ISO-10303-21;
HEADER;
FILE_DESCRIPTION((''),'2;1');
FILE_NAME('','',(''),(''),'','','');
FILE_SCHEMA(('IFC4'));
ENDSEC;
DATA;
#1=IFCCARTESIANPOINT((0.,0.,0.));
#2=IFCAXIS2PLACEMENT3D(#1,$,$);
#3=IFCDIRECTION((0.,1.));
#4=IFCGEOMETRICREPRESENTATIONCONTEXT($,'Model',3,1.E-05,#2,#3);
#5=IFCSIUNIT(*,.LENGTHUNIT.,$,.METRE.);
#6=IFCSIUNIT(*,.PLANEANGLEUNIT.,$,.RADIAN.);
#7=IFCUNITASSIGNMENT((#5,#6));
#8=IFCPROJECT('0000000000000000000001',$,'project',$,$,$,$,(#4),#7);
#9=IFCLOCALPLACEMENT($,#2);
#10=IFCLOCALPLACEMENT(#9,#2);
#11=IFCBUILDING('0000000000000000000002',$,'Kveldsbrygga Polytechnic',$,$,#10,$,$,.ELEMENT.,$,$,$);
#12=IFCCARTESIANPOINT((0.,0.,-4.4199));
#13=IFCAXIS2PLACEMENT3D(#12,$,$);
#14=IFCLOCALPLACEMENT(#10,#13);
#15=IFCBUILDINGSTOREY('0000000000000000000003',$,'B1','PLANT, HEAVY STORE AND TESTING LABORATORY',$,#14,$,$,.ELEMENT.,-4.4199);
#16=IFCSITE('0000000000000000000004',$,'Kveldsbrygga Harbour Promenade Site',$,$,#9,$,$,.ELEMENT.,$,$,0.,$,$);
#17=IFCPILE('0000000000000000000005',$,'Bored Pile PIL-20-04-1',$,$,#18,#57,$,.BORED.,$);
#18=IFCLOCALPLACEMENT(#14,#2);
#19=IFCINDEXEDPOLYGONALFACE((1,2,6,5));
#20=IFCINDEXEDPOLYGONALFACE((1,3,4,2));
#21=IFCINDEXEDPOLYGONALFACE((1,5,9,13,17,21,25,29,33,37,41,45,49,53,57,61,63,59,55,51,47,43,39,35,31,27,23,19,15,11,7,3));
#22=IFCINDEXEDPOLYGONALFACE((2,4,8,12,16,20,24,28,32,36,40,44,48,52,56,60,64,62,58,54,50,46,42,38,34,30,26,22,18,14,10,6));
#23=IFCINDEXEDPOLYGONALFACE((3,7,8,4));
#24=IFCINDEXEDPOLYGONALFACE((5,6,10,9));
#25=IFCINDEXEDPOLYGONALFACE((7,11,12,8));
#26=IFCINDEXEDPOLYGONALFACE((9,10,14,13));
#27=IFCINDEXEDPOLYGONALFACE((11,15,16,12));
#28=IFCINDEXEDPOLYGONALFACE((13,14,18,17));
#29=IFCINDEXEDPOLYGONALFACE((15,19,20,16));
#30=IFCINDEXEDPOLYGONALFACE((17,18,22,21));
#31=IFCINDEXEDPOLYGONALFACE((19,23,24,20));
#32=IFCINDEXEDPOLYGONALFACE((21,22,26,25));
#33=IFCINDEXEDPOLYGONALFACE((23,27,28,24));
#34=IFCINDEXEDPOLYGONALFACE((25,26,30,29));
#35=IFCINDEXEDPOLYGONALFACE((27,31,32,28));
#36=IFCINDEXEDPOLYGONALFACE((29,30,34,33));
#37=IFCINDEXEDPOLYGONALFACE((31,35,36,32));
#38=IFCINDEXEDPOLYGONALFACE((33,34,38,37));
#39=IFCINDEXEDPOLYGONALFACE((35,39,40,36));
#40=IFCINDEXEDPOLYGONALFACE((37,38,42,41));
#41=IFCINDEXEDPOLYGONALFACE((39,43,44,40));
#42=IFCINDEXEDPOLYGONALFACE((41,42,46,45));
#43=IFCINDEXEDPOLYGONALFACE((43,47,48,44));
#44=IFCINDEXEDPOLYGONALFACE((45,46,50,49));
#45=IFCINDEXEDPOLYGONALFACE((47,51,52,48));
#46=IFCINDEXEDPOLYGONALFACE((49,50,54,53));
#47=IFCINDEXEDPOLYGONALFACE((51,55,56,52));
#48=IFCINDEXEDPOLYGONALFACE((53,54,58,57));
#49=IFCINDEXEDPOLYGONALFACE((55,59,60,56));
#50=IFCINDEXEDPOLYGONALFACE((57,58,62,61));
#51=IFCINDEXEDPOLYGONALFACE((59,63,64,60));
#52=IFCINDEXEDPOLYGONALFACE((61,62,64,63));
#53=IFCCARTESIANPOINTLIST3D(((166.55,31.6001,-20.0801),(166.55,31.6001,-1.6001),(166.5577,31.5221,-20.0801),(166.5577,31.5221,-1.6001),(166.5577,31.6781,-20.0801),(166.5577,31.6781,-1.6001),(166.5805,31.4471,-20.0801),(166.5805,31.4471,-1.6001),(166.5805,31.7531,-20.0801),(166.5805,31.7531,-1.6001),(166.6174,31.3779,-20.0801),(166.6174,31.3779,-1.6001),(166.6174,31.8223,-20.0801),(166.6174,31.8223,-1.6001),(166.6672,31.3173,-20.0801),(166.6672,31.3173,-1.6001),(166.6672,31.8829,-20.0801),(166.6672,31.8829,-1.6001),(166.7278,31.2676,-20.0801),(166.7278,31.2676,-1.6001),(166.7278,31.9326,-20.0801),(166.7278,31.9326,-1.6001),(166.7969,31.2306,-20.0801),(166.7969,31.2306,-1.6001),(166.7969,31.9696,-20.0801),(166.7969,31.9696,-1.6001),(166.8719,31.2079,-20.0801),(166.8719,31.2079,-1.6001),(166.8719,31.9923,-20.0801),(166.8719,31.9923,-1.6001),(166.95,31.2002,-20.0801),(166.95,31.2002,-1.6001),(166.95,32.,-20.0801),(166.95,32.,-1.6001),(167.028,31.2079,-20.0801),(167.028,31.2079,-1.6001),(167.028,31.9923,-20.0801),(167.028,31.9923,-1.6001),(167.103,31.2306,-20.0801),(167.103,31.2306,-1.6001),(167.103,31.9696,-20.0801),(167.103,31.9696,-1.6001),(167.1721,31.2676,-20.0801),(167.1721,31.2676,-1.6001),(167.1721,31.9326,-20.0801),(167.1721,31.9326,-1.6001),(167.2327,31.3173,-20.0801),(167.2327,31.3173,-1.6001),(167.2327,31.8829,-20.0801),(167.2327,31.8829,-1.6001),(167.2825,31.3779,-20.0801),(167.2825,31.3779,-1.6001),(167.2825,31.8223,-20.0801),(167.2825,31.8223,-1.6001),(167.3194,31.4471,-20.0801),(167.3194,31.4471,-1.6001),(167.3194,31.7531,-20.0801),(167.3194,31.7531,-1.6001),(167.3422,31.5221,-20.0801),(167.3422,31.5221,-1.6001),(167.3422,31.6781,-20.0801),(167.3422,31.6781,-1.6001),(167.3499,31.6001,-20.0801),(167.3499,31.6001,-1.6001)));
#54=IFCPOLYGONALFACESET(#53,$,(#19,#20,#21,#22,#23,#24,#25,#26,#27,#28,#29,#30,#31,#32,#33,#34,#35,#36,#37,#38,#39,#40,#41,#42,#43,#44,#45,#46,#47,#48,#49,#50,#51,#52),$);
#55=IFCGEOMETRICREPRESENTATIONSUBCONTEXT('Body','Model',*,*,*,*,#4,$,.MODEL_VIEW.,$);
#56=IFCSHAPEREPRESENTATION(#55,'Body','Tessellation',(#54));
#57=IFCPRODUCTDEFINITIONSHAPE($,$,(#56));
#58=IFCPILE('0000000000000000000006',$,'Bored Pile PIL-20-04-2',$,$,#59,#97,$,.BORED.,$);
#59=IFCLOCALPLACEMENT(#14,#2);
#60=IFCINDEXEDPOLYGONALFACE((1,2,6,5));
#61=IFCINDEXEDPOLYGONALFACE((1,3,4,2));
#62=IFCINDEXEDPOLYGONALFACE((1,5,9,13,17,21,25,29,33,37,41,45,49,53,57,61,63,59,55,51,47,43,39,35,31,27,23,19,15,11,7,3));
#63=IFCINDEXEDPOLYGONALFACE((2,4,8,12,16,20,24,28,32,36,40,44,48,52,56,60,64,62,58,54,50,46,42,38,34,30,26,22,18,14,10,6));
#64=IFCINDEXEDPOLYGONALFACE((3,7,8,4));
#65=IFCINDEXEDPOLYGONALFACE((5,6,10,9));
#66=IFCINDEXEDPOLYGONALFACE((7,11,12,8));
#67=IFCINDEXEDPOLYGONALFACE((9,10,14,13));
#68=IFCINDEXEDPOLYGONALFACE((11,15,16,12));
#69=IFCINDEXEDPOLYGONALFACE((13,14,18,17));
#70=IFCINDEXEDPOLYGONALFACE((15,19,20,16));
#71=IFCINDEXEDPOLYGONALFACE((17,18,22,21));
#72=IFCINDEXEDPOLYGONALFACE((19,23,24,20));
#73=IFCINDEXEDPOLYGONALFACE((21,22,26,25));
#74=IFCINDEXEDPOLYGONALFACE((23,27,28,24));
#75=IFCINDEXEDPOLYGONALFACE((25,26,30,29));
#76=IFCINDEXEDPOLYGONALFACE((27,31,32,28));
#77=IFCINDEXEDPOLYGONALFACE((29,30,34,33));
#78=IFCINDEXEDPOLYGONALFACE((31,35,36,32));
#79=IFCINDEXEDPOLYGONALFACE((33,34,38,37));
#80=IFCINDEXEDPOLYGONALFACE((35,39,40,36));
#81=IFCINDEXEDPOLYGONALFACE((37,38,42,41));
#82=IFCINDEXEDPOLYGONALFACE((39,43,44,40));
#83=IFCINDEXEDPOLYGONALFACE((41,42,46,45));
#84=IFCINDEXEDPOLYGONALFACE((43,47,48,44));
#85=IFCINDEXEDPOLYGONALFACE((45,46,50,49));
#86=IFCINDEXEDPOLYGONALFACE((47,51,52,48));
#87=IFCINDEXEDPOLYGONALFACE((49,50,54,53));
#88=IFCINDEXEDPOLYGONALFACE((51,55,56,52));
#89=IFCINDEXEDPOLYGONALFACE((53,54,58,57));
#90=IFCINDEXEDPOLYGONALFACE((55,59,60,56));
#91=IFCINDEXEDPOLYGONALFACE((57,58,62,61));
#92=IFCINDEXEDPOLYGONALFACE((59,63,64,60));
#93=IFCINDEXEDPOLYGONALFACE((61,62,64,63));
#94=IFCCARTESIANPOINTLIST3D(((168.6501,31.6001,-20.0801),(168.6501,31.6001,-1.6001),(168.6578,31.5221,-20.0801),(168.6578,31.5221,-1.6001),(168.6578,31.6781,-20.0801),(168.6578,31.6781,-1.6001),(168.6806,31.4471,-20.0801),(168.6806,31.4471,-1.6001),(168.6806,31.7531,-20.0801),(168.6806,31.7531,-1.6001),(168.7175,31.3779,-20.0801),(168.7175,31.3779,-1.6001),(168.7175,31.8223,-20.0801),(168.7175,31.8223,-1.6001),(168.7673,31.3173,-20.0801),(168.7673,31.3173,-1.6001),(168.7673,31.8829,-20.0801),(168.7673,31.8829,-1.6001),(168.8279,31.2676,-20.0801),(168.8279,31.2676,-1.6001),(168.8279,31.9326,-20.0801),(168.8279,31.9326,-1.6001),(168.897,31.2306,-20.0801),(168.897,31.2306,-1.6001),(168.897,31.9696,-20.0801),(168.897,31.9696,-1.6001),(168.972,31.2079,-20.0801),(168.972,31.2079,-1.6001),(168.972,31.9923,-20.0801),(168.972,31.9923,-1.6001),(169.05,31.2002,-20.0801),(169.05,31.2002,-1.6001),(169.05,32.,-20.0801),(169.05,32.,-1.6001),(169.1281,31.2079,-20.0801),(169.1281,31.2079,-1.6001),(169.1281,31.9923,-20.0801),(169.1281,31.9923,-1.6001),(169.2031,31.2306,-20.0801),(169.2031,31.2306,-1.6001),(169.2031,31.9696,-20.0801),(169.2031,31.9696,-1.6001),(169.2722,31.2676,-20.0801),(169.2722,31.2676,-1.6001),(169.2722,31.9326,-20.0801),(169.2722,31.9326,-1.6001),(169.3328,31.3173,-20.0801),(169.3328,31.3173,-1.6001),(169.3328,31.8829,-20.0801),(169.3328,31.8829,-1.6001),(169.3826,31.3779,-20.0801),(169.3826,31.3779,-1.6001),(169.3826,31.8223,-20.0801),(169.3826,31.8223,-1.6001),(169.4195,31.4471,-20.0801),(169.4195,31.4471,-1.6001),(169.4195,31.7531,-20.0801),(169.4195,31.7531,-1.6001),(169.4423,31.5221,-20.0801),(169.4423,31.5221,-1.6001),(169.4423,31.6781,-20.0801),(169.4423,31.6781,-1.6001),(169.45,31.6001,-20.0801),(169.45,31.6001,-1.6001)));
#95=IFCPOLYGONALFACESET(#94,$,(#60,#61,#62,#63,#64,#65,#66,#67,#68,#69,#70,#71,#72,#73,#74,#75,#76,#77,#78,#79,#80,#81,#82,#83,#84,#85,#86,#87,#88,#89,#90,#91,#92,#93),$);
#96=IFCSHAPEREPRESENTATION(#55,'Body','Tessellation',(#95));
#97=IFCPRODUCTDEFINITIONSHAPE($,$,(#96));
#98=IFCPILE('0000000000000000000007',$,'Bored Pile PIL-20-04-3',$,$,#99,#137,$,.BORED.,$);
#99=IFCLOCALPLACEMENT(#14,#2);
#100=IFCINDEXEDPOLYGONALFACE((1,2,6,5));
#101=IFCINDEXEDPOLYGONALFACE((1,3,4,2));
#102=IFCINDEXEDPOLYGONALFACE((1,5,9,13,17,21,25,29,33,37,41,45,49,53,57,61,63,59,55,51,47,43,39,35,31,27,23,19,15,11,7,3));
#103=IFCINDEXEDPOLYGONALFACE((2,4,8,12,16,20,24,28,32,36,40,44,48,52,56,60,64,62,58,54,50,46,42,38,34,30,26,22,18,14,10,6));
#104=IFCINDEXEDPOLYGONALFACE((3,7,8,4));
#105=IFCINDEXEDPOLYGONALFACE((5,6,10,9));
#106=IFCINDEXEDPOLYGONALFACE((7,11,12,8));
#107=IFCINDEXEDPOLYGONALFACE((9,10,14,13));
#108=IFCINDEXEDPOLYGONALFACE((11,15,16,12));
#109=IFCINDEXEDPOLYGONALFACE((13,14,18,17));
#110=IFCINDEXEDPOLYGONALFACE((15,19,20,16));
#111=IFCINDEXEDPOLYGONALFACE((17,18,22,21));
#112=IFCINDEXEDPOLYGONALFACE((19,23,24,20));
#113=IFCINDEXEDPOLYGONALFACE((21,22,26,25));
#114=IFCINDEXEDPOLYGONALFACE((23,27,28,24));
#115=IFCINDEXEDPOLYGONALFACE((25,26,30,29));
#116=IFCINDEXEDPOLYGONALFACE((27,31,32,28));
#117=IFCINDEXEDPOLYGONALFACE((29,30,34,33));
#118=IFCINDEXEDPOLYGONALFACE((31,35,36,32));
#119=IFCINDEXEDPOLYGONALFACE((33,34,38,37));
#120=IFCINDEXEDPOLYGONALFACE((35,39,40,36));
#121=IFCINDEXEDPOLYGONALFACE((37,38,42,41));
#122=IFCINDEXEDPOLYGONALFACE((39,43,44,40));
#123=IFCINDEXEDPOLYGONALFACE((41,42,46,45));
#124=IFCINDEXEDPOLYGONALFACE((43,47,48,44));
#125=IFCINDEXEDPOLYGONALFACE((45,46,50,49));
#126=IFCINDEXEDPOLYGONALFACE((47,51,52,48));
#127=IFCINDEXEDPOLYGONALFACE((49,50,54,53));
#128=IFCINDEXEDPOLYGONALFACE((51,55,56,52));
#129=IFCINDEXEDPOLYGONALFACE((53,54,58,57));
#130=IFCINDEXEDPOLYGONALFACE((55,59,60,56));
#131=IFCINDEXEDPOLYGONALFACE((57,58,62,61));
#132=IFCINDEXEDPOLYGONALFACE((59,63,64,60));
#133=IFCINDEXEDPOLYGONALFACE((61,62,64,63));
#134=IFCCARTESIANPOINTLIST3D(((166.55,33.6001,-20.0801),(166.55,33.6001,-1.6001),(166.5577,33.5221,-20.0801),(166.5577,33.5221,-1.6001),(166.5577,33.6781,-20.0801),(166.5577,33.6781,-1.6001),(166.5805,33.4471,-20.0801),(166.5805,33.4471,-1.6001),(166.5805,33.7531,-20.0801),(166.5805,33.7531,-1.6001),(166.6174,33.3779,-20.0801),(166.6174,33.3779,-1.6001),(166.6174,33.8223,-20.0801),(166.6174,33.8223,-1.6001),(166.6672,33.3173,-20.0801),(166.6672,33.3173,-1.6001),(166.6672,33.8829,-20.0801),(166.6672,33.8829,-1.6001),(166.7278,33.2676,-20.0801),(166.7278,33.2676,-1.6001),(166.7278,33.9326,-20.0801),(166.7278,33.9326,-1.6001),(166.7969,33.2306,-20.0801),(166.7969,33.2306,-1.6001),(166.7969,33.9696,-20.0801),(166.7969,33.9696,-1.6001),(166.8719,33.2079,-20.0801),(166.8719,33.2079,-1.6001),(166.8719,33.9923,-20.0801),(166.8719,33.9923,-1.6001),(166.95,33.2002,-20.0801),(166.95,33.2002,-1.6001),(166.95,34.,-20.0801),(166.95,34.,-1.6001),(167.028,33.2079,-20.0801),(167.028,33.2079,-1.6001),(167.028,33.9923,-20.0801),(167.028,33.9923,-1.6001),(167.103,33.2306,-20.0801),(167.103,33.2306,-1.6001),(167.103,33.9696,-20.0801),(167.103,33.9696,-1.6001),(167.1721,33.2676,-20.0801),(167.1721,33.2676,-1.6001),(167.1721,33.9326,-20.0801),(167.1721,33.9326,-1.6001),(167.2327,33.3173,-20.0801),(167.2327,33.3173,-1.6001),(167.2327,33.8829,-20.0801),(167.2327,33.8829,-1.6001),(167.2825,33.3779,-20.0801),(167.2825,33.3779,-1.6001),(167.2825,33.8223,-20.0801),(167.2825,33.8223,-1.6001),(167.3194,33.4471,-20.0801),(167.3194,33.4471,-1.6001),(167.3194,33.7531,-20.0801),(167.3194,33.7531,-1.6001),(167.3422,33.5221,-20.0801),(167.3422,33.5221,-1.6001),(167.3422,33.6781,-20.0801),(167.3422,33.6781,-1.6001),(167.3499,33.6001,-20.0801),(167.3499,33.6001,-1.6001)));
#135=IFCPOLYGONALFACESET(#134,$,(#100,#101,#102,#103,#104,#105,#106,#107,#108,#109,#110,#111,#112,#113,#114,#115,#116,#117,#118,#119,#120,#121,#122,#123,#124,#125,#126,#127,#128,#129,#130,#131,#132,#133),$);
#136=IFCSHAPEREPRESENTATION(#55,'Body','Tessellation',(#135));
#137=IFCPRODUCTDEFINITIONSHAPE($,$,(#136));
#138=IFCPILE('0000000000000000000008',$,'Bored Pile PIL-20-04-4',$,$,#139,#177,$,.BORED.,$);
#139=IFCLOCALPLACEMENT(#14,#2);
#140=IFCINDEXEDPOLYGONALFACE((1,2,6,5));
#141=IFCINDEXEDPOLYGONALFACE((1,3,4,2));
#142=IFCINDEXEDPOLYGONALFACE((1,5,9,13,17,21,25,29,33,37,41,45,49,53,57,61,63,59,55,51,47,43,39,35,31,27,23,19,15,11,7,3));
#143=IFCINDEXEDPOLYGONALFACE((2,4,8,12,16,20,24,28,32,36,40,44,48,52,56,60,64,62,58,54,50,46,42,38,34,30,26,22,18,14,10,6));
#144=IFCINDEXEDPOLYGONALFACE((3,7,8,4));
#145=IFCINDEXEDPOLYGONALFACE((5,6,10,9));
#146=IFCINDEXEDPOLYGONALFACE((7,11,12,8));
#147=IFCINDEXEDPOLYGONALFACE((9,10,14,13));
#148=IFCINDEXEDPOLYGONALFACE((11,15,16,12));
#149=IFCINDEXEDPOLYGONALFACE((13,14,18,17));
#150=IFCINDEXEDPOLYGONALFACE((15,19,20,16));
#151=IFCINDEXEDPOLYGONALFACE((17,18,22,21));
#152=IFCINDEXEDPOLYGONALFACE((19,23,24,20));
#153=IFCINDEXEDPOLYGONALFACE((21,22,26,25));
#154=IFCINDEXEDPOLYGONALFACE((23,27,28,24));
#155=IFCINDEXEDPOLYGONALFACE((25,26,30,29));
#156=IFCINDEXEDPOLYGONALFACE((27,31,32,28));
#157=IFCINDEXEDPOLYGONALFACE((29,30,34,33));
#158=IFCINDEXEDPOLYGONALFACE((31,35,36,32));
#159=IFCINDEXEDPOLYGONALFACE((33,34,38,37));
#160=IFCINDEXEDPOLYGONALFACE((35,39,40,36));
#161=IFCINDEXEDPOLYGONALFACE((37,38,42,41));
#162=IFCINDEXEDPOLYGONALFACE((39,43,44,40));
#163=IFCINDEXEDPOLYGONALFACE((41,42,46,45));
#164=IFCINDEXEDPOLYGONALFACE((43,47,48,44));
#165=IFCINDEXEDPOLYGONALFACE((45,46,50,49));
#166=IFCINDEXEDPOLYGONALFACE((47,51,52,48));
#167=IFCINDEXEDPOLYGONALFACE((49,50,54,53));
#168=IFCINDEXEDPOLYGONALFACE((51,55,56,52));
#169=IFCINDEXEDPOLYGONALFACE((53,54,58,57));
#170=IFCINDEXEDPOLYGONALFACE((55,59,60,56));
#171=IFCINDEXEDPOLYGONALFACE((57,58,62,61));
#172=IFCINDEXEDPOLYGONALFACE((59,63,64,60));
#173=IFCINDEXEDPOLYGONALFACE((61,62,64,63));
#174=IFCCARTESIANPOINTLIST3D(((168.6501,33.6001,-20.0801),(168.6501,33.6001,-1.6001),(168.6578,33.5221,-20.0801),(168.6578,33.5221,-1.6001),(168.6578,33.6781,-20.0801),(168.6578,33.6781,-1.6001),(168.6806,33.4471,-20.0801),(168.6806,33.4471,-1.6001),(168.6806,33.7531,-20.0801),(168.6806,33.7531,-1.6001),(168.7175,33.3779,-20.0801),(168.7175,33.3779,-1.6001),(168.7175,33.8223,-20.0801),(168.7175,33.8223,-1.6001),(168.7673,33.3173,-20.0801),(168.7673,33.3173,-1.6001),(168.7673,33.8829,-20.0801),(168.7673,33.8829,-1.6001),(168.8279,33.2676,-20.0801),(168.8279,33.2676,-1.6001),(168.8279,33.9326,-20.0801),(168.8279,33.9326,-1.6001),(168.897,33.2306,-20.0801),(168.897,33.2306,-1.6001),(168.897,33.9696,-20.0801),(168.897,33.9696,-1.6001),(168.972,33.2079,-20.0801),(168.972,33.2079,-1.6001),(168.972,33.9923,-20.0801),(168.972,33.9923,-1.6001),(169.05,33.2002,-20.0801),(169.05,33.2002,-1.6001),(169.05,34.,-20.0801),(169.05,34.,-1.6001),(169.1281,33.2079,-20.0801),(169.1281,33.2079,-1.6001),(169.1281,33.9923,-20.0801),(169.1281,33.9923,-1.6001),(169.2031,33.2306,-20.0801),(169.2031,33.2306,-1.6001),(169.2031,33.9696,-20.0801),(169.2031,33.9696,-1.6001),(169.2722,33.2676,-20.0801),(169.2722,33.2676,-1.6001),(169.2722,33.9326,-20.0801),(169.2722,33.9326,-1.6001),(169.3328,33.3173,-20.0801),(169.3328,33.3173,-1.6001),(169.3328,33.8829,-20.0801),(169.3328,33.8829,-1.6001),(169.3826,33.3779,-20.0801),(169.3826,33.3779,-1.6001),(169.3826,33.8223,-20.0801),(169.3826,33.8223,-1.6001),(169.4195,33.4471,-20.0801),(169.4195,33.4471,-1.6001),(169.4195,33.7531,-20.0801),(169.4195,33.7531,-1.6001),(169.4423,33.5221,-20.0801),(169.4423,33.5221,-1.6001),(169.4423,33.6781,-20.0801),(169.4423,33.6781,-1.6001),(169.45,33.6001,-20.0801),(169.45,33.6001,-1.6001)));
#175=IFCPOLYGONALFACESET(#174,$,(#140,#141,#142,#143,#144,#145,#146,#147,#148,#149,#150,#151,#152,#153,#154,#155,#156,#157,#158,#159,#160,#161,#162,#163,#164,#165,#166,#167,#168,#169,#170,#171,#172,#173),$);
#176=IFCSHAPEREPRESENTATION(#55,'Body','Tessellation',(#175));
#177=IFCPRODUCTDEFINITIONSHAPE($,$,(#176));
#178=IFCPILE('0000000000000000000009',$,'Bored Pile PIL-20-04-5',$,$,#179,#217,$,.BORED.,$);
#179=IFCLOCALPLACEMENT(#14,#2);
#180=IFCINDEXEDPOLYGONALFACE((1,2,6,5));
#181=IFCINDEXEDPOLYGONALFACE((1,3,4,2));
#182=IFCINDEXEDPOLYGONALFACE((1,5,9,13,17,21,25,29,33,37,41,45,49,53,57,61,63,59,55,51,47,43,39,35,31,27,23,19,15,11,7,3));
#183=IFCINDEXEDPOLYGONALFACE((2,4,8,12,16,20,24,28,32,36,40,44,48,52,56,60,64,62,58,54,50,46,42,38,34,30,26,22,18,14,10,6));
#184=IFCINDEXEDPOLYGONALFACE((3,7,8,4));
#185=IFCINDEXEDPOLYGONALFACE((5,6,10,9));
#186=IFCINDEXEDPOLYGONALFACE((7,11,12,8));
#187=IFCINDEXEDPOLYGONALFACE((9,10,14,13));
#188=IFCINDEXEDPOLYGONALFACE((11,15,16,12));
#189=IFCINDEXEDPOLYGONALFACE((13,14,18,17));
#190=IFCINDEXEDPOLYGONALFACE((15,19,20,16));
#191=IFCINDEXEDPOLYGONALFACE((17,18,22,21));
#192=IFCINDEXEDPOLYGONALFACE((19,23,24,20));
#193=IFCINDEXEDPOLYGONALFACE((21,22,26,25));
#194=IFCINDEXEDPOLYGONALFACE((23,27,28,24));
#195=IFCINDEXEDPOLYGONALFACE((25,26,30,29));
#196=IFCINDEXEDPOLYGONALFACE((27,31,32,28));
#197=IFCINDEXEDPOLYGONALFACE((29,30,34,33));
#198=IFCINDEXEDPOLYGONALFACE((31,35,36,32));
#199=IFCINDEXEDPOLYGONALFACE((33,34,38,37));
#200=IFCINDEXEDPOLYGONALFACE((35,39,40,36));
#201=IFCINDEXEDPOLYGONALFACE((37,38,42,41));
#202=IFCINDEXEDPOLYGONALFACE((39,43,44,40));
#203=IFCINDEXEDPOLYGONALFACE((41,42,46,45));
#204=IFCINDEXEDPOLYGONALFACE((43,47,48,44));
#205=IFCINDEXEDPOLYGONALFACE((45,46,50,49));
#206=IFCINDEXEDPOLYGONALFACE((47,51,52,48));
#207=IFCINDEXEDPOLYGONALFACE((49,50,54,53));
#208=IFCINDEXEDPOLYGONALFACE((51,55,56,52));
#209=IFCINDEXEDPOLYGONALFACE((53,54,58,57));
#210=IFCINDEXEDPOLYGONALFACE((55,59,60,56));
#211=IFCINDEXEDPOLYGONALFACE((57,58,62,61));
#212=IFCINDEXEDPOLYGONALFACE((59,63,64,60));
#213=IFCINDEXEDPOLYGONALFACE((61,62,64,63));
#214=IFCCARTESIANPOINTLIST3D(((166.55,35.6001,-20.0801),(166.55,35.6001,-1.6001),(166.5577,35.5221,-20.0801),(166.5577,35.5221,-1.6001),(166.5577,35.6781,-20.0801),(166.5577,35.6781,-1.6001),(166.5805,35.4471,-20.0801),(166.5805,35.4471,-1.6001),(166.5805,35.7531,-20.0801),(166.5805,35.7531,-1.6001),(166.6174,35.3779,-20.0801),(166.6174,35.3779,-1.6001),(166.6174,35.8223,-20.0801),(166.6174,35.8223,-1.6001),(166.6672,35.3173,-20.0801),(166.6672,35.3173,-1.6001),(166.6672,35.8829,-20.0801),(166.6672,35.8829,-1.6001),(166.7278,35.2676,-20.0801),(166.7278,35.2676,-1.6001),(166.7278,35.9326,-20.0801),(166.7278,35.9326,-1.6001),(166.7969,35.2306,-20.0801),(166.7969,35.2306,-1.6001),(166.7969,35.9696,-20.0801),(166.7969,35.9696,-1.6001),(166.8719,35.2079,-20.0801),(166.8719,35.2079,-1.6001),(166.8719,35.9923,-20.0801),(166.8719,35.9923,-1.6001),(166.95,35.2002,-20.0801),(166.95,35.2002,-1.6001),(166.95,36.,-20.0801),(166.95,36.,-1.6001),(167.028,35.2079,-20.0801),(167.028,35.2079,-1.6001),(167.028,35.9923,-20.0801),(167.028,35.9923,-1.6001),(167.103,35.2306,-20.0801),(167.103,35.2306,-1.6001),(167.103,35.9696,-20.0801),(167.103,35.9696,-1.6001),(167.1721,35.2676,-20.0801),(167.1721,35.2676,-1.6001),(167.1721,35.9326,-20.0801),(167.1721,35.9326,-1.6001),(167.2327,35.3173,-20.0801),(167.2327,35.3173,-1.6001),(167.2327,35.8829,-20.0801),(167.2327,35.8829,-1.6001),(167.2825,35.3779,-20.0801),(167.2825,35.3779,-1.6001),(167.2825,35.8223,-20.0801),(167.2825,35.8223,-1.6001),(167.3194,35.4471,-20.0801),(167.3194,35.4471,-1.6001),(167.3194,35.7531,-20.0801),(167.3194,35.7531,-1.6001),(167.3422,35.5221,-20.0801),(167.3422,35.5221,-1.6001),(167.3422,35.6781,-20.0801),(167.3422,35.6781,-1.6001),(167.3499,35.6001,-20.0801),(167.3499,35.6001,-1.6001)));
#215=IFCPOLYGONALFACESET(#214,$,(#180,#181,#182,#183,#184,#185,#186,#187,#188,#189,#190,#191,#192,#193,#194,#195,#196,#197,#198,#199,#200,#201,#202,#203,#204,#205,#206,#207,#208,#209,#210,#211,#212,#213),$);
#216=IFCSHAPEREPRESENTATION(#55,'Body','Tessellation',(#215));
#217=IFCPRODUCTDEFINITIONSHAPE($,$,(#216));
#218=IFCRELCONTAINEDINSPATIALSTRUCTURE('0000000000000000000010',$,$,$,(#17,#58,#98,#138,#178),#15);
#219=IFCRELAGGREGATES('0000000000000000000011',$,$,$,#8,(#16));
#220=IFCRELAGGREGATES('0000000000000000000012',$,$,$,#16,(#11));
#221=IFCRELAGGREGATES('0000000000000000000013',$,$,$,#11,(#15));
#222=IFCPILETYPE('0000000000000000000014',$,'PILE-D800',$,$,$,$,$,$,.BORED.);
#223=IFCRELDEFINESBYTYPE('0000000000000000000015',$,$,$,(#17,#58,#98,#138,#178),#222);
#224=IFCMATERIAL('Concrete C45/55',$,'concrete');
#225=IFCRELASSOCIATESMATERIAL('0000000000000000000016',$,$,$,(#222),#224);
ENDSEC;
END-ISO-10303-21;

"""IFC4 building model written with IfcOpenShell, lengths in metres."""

from ifc_helpers import new_model, si_unit, direction, frame, origin, origin_2d, place, context, subcontext, project, spatial, circle, extrude, material, material_profile, profile_set, type_object, element, save


model = new_model("IFC4")

# Units and contexts
model_context = context("Model", 3, precision=1e-05, world=origin(), true_north=direction((0.0, 1.0)))
body_context = subcontext(model_context, "Body", "Model", "MODEL_VIEW")
ifc_project = project(units=[si_unit("LENGTHUNIT", "METRE"), si_unit("PLANEANGLEUNIT", "RADIAN")], contexts=[model_context])

# Site, building, storey
site_placement = place(None, origin())
site = spatial("IfcSite", under=ifc_project, at=site_placement, Name="Kveldsbrygga Harbour Promenade Site", CompositionType="ELEMENT", RefElevation=0.0)
building_placement = place(site_placement, origin())
building = spatial("IfcBuilding", under=site, at=building_placement, Name="Kveldsbrygga Polytechnic", CompositionType="ELEMENT")
storey_placement = place(building_placement, frame((0.0, 0.0, -4.4199)))
storey = spatial("IfcBuildingStorey", under=building, at=storey_placement, Name="B1", Description="PLANT, HEAVY STORE AND TESTING LABORATORY", CompositionType="ELEMENT", Elevation=-4.4199)

# Shared definitions
ifc_material_1 = material(Name="Concrete C45/55", Category="concrete")

# Piles
ifc_material_profile_1 = material_profile(ifc_material_1, circle(Radius=0.3999, at=origin_2d()), Name="PILE D800")
ifc_profile_set_1 = profile_set([ifc_material_profile_1], Name="Concrete C45/55")
pile_type = type_object("IfcPileType", Name="PILE-D800", PredefinedType="BORED", material=ifc_profile_set_1)
for number, where, z_axis, x_axis, name in (
    (1, (166.95, 31.6001, -1.6001), (0.0, 0.0, -1.0), (1.0, 0.0, 0.0), "Bored Pile PIL-20-04-1"),
    (2, (169.05, 31.6001, -1.6001), (0.0, 0.0, -1.0), (1.0, 0.0, 0.0), "Bored Pile PIL-20-04-2"),
    (3, (166.95, 33.6001, -1.6001), (0.0, 0.0, -1.0), (1.0, 0.0, 0.0), "Bored Pile PIL-20-04-3"),
    (4, (169.05, 33.6001, -1.6001), (0.0, 0.0, -1.0), (1.0, 0.0, 0.0), "Bored Pile PIL-20-04-4"),
    (5, (166.95, 35.6001, -1.6001), (0.0, 0.0, -1.0), (1.0, 0.0, 0.0), "Bored Pile PIL-20-04-5"),
):
    element("IfcPile", number, at=place(storey_placement, frame(where, z_axis=z_axis, x_axis=x_axis)), inside=storey, type_object=pile_type, Name=name, PredefinedType="BORED", context=body_context, shape_type="SweptSolid", body=[
        extrude(circle(Radius=0.3999, at=origin_2d()), origin(), (0.0, 0.0, 1.0), 18.48),
    ])

save(model, "model.ifc")
